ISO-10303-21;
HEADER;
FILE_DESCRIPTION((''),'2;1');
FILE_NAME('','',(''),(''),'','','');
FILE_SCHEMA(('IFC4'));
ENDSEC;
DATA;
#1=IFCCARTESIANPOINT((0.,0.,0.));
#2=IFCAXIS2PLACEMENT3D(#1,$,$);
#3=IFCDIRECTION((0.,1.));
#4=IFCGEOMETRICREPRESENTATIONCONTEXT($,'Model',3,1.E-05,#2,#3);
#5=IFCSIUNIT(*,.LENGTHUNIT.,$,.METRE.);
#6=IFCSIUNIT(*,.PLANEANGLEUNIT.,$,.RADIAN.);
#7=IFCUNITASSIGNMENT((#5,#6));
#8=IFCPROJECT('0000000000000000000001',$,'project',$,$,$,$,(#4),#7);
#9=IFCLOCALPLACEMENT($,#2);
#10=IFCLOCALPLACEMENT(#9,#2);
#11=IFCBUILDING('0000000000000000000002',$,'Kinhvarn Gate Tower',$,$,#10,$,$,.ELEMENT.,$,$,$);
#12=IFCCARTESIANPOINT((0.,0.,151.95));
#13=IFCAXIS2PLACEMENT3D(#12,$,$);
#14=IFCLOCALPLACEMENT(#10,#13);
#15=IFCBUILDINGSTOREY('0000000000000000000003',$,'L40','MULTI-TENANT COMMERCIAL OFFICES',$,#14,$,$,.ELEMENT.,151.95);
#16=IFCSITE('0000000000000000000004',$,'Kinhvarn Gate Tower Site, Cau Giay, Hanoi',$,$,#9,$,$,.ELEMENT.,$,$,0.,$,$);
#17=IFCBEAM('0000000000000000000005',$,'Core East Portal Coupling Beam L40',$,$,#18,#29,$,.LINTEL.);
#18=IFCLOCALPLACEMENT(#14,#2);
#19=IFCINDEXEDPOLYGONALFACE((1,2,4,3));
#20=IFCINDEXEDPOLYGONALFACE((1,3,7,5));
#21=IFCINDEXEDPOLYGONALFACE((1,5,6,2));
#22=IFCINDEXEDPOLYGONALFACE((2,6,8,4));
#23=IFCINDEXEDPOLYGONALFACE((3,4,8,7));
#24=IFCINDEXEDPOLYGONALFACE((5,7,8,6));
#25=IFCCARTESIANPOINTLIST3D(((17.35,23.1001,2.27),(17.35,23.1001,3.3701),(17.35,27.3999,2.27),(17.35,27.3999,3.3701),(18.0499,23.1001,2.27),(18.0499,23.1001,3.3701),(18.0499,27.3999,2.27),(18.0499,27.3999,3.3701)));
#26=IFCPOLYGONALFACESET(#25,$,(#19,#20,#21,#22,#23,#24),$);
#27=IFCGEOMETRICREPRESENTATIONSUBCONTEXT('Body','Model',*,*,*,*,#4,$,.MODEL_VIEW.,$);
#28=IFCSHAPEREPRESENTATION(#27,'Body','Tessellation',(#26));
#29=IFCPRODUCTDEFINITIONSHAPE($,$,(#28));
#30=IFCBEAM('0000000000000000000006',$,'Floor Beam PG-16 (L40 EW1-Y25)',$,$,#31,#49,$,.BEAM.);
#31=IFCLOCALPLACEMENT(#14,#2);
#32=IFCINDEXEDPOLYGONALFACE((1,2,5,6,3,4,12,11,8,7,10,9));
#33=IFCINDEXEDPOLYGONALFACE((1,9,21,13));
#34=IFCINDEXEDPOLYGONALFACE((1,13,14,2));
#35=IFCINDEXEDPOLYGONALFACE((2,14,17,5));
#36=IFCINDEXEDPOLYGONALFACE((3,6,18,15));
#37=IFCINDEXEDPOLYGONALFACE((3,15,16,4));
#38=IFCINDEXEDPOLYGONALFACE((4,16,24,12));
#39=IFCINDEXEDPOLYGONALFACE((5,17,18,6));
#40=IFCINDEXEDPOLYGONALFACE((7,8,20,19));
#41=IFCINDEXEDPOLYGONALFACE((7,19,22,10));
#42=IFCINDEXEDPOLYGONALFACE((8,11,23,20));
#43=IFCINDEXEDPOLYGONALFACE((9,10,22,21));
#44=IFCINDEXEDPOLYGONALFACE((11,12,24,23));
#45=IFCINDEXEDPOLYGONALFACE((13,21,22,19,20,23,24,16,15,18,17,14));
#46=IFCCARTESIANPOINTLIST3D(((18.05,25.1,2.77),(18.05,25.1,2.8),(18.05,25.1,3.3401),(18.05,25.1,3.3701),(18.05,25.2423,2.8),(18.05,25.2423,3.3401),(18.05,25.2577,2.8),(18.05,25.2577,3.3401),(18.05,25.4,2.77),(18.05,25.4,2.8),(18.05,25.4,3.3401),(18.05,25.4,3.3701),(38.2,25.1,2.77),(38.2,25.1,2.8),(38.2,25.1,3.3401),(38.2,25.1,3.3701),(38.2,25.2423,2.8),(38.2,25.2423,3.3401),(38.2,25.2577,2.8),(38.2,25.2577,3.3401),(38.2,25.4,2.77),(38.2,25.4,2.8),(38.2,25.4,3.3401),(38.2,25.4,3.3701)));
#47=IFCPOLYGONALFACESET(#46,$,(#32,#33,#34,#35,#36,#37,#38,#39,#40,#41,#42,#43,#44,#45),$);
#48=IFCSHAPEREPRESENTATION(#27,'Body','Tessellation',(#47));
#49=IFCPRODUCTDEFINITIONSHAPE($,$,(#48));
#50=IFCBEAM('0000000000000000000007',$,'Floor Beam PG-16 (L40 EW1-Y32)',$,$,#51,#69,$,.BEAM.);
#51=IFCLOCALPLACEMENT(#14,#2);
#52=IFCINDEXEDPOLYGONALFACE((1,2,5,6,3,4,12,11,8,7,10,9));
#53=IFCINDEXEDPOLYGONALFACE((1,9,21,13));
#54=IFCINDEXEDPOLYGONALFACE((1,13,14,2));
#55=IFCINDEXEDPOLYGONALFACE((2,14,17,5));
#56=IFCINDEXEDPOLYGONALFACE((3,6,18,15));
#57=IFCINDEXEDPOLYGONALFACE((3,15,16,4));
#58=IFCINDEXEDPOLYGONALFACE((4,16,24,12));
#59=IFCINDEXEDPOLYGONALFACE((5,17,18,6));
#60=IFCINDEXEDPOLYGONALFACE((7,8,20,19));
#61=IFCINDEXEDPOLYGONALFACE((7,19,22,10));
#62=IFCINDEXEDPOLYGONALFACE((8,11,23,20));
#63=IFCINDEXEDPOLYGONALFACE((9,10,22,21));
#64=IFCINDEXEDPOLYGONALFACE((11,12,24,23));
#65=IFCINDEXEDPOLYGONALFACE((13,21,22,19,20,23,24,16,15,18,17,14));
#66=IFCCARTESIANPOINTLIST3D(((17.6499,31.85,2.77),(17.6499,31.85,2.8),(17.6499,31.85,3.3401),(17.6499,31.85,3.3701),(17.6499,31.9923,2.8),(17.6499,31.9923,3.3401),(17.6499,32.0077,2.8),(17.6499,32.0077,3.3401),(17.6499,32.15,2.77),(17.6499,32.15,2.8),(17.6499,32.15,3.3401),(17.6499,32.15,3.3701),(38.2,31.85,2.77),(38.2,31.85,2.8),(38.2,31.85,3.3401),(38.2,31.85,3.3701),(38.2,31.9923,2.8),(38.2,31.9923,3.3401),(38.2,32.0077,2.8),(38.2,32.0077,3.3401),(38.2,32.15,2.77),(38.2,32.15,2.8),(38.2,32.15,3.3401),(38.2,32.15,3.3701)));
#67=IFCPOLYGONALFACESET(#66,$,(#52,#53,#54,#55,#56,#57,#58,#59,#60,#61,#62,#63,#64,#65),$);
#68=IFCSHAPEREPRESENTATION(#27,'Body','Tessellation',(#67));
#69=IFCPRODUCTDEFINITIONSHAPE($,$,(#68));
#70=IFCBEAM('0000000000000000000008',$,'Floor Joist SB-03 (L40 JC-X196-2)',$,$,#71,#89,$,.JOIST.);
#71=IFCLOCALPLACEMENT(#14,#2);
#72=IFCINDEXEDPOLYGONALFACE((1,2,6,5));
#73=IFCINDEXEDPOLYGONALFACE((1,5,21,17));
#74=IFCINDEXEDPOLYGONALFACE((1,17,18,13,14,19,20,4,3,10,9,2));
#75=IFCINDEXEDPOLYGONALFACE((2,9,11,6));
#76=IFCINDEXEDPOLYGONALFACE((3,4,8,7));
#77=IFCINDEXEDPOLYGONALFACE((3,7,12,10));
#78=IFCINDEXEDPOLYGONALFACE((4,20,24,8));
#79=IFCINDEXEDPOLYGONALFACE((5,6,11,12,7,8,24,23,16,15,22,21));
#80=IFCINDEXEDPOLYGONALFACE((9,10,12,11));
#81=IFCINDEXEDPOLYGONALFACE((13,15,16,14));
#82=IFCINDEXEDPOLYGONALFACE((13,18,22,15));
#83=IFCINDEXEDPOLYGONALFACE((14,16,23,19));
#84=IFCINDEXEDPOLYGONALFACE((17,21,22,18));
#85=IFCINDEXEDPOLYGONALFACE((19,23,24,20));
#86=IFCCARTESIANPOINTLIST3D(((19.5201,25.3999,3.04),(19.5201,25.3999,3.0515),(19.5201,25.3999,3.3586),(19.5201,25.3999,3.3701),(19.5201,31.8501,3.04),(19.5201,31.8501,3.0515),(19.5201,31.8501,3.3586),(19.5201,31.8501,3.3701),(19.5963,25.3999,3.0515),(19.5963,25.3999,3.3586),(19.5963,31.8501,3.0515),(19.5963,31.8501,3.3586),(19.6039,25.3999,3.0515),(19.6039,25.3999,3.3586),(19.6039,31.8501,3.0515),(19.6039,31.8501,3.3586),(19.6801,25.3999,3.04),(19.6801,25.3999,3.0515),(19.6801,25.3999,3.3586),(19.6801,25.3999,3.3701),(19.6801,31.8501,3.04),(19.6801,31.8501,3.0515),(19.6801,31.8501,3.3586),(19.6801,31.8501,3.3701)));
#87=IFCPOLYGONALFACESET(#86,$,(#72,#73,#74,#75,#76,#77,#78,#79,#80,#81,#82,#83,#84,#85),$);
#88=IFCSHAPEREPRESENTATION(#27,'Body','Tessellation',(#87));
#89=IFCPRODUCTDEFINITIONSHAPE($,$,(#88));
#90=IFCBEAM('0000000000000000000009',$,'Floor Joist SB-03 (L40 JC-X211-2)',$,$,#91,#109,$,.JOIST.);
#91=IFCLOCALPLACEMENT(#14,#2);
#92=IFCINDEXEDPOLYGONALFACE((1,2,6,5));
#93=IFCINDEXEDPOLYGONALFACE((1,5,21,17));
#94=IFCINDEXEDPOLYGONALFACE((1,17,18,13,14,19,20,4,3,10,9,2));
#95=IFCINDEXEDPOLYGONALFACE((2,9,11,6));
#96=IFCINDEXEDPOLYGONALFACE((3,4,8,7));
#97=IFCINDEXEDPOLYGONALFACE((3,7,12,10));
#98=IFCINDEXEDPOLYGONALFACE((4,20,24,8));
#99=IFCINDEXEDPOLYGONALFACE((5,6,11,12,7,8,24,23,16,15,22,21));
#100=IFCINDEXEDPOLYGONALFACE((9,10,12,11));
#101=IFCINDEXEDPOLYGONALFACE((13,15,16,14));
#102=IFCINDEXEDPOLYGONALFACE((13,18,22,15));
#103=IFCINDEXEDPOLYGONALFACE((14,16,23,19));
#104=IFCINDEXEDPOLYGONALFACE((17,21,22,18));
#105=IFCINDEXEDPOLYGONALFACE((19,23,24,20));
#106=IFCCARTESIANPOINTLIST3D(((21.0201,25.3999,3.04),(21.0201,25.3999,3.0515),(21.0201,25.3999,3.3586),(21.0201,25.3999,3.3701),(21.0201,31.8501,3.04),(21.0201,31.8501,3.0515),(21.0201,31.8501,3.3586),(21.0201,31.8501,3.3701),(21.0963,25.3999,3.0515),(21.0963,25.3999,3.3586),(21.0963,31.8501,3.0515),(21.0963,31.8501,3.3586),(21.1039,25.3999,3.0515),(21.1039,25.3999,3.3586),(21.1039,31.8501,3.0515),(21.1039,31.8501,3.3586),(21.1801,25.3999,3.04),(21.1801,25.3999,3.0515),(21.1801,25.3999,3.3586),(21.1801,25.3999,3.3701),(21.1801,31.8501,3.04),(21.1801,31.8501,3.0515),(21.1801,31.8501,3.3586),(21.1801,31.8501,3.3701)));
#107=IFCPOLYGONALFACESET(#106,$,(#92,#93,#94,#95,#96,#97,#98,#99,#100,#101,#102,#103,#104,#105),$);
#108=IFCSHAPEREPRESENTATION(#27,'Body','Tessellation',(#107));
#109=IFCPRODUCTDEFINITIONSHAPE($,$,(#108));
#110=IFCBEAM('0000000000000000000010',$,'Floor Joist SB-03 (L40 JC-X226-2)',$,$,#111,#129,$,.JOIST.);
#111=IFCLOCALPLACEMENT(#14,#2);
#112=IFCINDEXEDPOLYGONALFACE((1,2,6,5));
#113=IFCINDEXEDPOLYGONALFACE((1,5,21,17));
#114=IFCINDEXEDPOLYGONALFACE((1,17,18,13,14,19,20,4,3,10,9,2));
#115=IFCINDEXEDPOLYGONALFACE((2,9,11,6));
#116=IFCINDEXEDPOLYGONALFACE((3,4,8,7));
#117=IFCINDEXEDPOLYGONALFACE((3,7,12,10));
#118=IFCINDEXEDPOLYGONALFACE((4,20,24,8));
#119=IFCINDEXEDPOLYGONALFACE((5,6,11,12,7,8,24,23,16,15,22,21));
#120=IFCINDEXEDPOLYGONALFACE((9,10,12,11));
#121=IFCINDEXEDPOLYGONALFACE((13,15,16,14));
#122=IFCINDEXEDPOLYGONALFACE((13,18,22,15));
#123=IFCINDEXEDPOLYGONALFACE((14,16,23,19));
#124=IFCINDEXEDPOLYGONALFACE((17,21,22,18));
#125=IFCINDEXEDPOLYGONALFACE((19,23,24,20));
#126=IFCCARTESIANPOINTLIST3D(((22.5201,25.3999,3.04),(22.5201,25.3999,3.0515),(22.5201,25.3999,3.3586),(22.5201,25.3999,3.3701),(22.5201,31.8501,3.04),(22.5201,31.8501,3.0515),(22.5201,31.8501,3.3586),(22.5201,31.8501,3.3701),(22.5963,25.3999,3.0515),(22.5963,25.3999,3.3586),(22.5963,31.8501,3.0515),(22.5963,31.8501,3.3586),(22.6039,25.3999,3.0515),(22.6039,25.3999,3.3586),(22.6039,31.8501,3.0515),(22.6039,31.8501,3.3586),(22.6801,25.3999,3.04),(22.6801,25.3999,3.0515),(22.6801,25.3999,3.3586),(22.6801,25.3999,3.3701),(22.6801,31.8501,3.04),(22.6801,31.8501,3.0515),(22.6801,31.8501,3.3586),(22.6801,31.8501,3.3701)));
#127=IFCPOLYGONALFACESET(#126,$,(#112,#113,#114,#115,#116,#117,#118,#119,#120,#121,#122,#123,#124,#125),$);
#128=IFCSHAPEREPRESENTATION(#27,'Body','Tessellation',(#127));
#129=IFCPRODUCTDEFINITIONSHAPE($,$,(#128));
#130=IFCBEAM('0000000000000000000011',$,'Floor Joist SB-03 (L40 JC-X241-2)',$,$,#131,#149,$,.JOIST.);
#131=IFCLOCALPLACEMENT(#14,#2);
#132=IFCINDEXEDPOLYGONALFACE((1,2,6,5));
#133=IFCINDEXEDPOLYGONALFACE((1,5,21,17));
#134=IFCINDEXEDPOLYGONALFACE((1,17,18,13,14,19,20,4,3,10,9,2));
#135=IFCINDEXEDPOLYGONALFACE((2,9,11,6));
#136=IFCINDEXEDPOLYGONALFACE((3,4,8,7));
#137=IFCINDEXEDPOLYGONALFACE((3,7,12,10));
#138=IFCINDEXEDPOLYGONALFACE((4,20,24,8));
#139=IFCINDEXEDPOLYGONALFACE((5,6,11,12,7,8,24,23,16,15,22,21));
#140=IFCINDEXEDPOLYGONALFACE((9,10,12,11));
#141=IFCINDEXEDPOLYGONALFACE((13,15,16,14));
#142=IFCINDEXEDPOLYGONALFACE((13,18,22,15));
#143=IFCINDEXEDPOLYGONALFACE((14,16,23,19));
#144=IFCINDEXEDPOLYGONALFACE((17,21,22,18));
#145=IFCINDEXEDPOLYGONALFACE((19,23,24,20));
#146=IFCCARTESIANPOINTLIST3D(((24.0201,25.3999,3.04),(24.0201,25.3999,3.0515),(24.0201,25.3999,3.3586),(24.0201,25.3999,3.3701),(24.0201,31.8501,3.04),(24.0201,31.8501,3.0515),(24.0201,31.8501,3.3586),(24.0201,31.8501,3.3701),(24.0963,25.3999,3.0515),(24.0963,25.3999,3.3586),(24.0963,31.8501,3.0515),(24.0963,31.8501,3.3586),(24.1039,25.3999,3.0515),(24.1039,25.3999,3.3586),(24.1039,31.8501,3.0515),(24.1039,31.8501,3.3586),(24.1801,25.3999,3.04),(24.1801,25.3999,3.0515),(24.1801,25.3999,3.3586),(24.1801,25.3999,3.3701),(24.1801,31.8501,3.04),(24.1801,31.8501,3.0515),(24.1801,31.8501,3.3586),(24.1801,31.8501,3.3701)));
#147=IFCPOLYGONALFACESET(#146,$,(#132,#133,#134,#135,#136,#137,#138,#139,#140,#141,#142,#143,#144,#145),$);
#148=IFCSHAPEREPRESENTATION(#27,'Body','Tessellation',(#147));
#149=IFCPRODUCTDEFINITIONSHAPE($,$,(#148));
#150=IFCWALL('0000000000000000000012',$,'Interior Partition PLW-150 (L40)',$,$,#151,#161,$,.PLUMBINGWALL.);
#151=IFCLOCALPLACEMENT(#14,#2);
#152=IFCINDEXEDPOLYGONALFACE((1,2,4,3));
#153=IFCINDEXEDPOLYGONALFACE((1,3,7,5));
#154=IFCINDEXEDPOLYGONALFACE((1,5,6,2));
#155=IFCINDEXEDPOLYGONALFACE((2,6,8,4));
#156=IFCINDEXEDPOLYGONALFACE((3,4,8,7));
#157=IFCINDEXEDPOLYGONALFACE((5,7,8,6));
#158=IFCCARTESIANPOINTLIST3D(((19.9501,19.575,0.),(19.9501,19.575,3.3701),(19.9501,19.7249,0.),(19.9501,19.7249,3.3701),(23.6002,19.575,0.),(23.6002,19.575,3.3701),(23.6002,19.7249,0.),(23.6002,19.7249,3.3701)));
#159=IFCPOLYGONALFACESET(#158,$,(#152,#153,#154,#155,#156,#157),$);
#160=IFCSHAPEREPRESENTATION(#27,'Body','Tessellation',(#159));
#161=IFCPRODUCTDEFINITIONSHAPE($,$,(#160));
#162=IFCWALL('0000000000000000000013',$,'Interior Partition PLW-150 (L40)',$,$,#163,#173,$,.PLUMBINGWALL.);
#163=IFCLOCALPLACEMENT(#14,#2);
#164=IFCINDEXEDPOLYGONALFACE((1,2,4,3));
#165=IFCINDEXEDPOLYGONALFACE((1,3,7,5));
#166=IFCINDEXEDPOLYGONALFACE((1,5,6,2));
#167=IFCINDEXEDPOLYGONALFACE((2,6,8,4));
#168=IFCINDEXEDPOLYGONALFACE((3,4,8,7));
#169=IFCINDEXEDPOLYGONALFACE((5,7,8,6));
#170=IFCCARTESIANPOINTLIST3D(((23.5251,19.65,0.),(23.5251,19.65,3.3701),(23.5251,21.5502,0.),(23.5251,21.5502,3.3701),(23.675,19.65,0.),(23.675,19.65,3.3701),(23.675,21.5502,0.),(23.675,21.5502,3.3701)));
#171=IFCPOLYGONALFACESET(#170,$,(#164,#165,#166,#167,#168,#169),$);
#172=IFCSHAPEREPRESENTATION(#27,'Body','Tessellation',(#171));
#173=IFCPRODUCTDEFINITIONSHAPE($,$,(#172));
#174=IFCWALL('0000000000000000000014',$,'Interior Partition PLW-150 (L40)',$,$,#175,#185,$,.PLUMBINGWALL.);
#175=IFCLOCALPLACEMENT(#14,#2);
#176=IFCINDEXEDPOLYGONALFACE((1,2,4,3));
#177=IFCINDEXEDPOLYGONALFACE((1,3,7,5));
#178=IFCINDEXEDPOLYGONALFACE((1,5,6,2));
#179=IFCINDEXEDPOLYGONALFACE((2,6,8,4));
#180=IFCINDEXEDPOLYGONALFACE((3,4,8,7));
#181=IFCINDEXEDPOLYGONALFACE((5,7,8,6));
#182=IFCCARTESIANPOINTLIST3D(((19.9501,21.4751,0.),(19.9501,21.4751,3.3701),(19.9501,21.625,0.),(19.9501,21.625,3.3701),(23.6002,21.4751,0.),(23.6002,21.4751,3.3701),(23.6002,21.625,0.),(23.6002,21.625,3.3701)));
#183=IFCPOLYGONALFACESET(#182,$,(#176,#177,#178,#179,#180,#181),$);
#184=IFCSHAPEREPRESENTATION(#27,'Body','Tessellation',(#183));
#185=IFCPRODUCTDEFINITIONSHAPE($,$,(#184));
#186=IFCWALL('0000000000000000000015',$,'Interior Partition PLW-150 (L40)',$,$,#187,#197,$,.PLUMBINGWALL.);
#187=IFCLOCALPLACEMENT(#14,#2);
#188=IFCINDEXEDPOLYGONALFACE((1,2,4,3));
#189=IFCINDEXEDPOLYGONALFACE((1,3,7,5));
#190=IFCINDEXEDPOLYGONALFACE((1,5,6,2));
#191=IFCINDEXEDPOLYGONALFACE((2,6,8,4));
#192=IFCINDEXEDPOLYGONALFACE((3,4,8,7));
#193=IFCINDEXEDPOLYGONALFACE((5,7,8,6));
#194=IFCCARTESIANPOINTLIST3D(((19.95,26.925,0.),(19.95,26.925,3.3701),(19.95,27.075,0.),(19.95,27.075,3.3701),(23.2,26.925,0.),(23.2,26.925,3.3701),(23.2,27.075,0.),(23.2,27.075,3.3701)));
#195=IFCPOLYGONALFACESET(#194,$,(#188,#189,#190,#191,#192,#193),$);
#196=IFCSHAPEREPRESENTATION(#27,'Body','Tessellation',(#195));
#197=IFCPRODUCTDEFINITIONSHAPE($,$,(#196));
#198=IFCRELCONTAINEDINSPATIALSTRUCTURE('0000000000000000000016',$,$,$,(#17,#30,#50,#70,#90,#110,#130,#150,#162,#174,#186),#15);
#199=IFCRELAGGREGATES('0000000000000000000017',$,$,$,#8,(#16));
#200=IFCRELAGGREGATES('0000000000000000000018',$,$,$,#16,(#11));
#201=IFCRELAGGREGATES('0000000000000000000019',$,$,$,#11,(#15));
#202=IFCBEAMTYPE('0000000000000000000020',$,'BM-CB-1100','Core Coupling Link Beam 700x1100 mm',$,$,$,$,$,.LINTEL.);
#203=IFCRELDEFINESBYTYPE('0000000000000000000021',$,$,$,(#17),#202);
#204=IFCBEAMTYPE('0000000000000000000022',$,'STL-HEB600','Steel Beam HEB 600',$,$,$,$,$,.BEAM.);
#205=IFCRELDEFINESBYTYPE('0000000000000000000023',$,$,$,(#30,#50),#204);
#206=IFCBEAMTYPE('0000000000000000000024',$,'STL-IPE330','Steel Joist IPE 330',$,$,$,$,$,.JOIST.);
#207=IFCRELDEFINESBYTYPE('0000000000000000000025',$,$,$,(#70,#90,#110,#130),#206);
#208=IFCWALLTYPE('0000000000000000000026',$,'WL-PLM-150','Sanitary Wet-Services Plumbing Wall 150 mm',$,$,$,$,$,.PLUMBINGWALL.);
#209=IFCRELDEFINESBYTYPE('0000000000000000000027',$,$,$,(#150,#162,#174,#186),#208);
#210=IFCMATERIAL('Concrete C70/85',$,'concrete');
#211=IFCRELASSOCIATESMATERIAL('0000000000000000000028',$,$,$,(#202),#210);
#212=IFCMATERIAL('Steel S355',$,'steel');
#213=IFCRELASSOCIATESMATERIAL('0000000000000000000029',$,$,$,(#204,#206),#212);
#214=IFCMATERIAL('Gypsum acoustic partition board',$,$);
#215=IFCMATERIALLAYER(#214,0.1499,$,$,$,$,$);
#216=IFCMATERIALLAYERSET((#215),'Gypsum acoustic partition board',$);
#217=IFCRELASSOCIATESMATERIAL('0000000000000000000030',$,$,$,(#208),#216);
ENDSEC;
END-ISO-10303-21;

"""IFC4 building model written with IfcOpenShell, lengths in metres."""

from ifc_helpers import new_model, si_unit, direction, frame, frame_2d, origin, origin_2d, place, context, subcontext, project, spatial, rectangle, i_section, extrude, material, layer, layer_set, material_profile, profile_set, type_object, element, save


model = new_model("IFC4")

# Units and contexts
model_context = context("Model", 3, precision=1e-05, world=origin(), true_north=direction((0.0, 1.0)))
body_context = subcontext(model_context, "Body", "Model", "MODEL_VIEW")
ifc_project = project(units=[si_unit("LENGTHUNIT", "METRE"), si_unit("PLANEANGLEUNIT", "RADIAN")], contexts=[model_context])

# Site, building, storey
site_placement = place(None, origin())
site = spatial("IfcSite", under=ifc_project, at=site_placement, Name="Kinhvarn Gate Tower Site, Cau Giay, Hanoi", CompositionType="ELEMENT", RefElevation=0.0)
building_placement = place(site_placement, origin())
building = spatial("IfcBuilding", under=site, at=building_placement, Name="Kinhvarn Gate Tower", CompositionType="ELEMENT")
storey_placement = place(building_placement, frame((0.0, 0.0, 151.95)))
storey = spatial("IfcBuildingStorey", under=building, at=storey_placement, Name="L40", Description="MULTI-TENANT COMMERCIAL OFFICES", CompositionType="ELEMENT", Elevation=151.95)

# Beams
ifc_material_1 = material(Name="Concrete C70/85", Category="concrete")
ifc_material_profile_1 = material_profile(ifc_material_1, rectangle(XDim=0.7, YDim=1.1001, at=origin_2d()), Name="RC 700x1100")
ifc_profile_set_1 = profile_set([ifc_material_profile_1], Name="Concrete C70/85")
beam_type_1 = type_object("IfcBeamType", Name="BM-CB-1100", Description="Core Coupling Link Beam 700x1100 mm", PredefinedType="LINTEL", material=ifc_profile_set_1)
beam_1_placement = place(storey_placement, frame((17.7, 23.1001, 2.8201), z_axis=(0.0, 1.0, 0.0), x_axis=(-1.0, 0.0, 0.0)))
element("IfcBeam", 1, at=beam_1_placement, inside=storey, type_object=beam_type_1, Name="Core East Portal Coupling Beam L40", PredefinedType="LINTEL", context=body_context, shape_type="SweptSolid", body=[
    extrude(rectangle(XDim=0.7, YDim=1.1001, at=origin_2d()), origin(), (0.0, 0.0, 1.0), 4.2998),
])
ifc_material_2 = material(Name="Steel S355", Category="steel")
ifc_material_profile_2 = material_profile(ifc_material_2, i_section(OverallWidth=0.3, OverallDepth=0.6001, WebThickness=0.0154, FlangeThickness=0.03, at=origin_2d()), Name="HEB 600")
ifc_profile_set_2 = profile_set([ifc_material_profile_2], Name="Steel S355")
beam_type_2 = type_object("IfcBeamType", Name="STL-HEB600", Description="Steel Beam HEB 600", PredefinedType="BEAM", material=ifc_profile_set_2)
beam_2_placement = place(storey_placement, frame((18.05, 25.25, 3.0701), z_axis=(1.0, 0.0, 0.0), x_axis=(0.0, 1.0, 0.0)))
element("IfcBeam", 2, at=beam_2_placement, inside=storey, type_object=beam_type_2, Name="Floor Beam PG-16 (L40 EW1-Y25)", PredefinedType="BEAM", context=body_context, shape_type="SweptSolid", body=[
    extrude(i_section(OverallWidth=0.3, OverallDepth=0.6001, WebThickness=0.0154, FlangeThickness=0.03, at=origin_2d()), origin(), (0.0, 0.0, 1.0), 20.1499),
])
beam_3_placement = place(storey_placement, frame((17.6499, 32.0, 3.0701), z_axis=(1.0, 0.0, 0.0), x_axis=(0.0, 1.0, 0.0)))
element("IfcBeam", 3, at=beam_3_placement, inside=storey, type_object=beam_type_2, Name="Floor Beam PG-16 (L40 EW1-Y32)", PredefinedType="BEAM", context=body_context, shape_type="SweptSolid", body=[
    extrude(i_section(OverallWidth=0.3, OverallDepth=0.6001, WebThickness=0.0154, FlangeThickness=0.03, at=origin_2d()), origin(), (0.0, 0.0, 1.0), 20.55),
])
ifc_material_profile_3 = material_profile(ifc_material_2, i_section(OverallWidth=0.1599, OverallDepth=0.3301, WebThickness=0.0076, FlangeThickness=0.0115, at=origin_2d()), Name="IPE 330")
ifc_profile_set_3 = profile_set([ifc_material_profile_3], Name="Steel S355")
beam_type_3 = type_object("IfcBeamType", Name="STL-IPE330", Description="Steel Joist IPE 330", PredefinedType="JOIST", material=ifc_profile_set_3)
for number, where, z_axis, x_axis, name in (
    (4, (19.6001, 25.3999, 3.2051), (0.0, 1.0, 0.0), (-1.0, 0.0, 0.0), "Floor Joist SB-03 (L40 JC-X196-2)"),
    (5, (21.1001, 25.3999, 3.2051), (0.0, 1.0, 0.0), (-1.0, 0.0, 0.0), "Floor Joist SB-03 (L40 JC-X211-2)"),
    (6, (22.6001, 25.3999, 3.2051), (0.0, 1.0, 0.0), (-1.0, 0.0, 0.0), "Floor Joist SB-03 (L40 JC-X226-2)"),
    (7, (24.1001, 25.3999, 3.2051), (0.0, 1.0, 0.0), (-1.0, 0.0, 0.0), "Floor Joist SB-03 (L40 JC-X241-2)"),
):
    element("IfcBeam", number, at=place(storey_placement, frame(where, z_axis=z_axis, x_axis=x_axis)), inside=storey, type_object=beam_type_3, Name=name, PredefinedType="JOIST", context=body_context, shape_type="SweptSolid", body=[
        extrude(i_section(OverallWidth=0.1599, OverallDepth=0.3301, WebThickness=0.0076, FlangeThickness=0.0115, at=origin_2d()), origin(), (0.0, 0.0, 1.0), 6.4502),
    ])

# Walls
ifc_material_3 = material(Name="Gypsum acoustic partition board")
ifc_layer_1 = layer(ifc_material_3, 0.1499)
ifc_layer_set_1 = layer_set([ifc_layer_1], Name="Gypsum acoustic partition board")
wall_type_1 = type_object("IfcWallType", Name="WL-PLM-150", Description="Sanitary Wet-Services Plumbing Wall 150 mm", PredefinedType="PLUMBINGWALL", material=ifc_layer_set_1)
wall_1_placement = place(storey_placement, frame((19.95, 19.6499, 0.0), z_axis=(0.0, 0.0, 1.0), x_axis=(1.0, 0.0, 0.0)))
element("IfcWall", 8, at=wall_1_placement, inside=storey, type_object=wall_type_1, Name="Interior Partition PLW-150 (L40)", PredefinedType="PLUMBINGWALL", context=body_context, shape_type="SweptSolid", body=[
    extrude(rectangle(XDim=3.6501, YDim=0.1499, at=frame_2d((1.8252, 0.0))), origin(), (0.0, 0.0, 1.0), 3.3701),
])
wall_2_placement = place(storey_placement, frame((23.6001, 19.6499, 0.0), z_axis=(0.0, 0.0, 1.0), x_axis=(0.0, 1.0, 0.0)))
element("IfcWall", 9, at=wall_2_placement, inside=storey, type_object=wall_type_1, Name="Interior Partition PLW-150 (L40)", PredefinedType="PLUMBINGWALL", context=body_context, shape_type="SweptSolid", body=[
    extrude(rectangle(XDim=1.9001, YDim=0.1499, at=frame_2d((0.9502, 0.0))), origin(), (0.0, 0.0, 1.0), 3.3701),
])
wall_3_placement = place(storey_placement, frame((19.95, 21.55, 0.0), z_axis=(0.0, 0.0, 1.0), x_axis=(1.0, 0.0, 0.0)))
element("IfcWall", 10, at=wall_3_placement, inside=storey, type_object=wall_type_1, Name="Interior Partition PLW-150 (L40)", PredefinedType="PLUMBINGWALL", context=body_context, shape_type="SweptSolid", body=[
    extrude(rectangle(XDim=3.6501, YDim=0.1499, at=frame_2d((1.8252, 0.0))), origin(), (0.0, 0.0, 1.0), 3.3701),
])
wall_4_placement = place(storey_placement, frame((19.95, 27.0, 0.0), z_axis=(0.0, 0.0, 1.0), x_axis=(1.0, 0.0, 0.0)))
element("IfcWall", 11, at=wall_4_placement, inside=storey, type_object=wall_type_1, Name="Interior Partition PLW-150 (L40)", PredefinedType="PLUMBINGWALL", context=body_context, shape_type="SweptSolid", body=[
    extrude(rectangle(XDim=3.25, YDim=0.1499, at=frame_2d((1.625, 0.0))), origin(), (0.0, 0.0, 1.0), 3.3701),
])

save(model, "model.ifc")
